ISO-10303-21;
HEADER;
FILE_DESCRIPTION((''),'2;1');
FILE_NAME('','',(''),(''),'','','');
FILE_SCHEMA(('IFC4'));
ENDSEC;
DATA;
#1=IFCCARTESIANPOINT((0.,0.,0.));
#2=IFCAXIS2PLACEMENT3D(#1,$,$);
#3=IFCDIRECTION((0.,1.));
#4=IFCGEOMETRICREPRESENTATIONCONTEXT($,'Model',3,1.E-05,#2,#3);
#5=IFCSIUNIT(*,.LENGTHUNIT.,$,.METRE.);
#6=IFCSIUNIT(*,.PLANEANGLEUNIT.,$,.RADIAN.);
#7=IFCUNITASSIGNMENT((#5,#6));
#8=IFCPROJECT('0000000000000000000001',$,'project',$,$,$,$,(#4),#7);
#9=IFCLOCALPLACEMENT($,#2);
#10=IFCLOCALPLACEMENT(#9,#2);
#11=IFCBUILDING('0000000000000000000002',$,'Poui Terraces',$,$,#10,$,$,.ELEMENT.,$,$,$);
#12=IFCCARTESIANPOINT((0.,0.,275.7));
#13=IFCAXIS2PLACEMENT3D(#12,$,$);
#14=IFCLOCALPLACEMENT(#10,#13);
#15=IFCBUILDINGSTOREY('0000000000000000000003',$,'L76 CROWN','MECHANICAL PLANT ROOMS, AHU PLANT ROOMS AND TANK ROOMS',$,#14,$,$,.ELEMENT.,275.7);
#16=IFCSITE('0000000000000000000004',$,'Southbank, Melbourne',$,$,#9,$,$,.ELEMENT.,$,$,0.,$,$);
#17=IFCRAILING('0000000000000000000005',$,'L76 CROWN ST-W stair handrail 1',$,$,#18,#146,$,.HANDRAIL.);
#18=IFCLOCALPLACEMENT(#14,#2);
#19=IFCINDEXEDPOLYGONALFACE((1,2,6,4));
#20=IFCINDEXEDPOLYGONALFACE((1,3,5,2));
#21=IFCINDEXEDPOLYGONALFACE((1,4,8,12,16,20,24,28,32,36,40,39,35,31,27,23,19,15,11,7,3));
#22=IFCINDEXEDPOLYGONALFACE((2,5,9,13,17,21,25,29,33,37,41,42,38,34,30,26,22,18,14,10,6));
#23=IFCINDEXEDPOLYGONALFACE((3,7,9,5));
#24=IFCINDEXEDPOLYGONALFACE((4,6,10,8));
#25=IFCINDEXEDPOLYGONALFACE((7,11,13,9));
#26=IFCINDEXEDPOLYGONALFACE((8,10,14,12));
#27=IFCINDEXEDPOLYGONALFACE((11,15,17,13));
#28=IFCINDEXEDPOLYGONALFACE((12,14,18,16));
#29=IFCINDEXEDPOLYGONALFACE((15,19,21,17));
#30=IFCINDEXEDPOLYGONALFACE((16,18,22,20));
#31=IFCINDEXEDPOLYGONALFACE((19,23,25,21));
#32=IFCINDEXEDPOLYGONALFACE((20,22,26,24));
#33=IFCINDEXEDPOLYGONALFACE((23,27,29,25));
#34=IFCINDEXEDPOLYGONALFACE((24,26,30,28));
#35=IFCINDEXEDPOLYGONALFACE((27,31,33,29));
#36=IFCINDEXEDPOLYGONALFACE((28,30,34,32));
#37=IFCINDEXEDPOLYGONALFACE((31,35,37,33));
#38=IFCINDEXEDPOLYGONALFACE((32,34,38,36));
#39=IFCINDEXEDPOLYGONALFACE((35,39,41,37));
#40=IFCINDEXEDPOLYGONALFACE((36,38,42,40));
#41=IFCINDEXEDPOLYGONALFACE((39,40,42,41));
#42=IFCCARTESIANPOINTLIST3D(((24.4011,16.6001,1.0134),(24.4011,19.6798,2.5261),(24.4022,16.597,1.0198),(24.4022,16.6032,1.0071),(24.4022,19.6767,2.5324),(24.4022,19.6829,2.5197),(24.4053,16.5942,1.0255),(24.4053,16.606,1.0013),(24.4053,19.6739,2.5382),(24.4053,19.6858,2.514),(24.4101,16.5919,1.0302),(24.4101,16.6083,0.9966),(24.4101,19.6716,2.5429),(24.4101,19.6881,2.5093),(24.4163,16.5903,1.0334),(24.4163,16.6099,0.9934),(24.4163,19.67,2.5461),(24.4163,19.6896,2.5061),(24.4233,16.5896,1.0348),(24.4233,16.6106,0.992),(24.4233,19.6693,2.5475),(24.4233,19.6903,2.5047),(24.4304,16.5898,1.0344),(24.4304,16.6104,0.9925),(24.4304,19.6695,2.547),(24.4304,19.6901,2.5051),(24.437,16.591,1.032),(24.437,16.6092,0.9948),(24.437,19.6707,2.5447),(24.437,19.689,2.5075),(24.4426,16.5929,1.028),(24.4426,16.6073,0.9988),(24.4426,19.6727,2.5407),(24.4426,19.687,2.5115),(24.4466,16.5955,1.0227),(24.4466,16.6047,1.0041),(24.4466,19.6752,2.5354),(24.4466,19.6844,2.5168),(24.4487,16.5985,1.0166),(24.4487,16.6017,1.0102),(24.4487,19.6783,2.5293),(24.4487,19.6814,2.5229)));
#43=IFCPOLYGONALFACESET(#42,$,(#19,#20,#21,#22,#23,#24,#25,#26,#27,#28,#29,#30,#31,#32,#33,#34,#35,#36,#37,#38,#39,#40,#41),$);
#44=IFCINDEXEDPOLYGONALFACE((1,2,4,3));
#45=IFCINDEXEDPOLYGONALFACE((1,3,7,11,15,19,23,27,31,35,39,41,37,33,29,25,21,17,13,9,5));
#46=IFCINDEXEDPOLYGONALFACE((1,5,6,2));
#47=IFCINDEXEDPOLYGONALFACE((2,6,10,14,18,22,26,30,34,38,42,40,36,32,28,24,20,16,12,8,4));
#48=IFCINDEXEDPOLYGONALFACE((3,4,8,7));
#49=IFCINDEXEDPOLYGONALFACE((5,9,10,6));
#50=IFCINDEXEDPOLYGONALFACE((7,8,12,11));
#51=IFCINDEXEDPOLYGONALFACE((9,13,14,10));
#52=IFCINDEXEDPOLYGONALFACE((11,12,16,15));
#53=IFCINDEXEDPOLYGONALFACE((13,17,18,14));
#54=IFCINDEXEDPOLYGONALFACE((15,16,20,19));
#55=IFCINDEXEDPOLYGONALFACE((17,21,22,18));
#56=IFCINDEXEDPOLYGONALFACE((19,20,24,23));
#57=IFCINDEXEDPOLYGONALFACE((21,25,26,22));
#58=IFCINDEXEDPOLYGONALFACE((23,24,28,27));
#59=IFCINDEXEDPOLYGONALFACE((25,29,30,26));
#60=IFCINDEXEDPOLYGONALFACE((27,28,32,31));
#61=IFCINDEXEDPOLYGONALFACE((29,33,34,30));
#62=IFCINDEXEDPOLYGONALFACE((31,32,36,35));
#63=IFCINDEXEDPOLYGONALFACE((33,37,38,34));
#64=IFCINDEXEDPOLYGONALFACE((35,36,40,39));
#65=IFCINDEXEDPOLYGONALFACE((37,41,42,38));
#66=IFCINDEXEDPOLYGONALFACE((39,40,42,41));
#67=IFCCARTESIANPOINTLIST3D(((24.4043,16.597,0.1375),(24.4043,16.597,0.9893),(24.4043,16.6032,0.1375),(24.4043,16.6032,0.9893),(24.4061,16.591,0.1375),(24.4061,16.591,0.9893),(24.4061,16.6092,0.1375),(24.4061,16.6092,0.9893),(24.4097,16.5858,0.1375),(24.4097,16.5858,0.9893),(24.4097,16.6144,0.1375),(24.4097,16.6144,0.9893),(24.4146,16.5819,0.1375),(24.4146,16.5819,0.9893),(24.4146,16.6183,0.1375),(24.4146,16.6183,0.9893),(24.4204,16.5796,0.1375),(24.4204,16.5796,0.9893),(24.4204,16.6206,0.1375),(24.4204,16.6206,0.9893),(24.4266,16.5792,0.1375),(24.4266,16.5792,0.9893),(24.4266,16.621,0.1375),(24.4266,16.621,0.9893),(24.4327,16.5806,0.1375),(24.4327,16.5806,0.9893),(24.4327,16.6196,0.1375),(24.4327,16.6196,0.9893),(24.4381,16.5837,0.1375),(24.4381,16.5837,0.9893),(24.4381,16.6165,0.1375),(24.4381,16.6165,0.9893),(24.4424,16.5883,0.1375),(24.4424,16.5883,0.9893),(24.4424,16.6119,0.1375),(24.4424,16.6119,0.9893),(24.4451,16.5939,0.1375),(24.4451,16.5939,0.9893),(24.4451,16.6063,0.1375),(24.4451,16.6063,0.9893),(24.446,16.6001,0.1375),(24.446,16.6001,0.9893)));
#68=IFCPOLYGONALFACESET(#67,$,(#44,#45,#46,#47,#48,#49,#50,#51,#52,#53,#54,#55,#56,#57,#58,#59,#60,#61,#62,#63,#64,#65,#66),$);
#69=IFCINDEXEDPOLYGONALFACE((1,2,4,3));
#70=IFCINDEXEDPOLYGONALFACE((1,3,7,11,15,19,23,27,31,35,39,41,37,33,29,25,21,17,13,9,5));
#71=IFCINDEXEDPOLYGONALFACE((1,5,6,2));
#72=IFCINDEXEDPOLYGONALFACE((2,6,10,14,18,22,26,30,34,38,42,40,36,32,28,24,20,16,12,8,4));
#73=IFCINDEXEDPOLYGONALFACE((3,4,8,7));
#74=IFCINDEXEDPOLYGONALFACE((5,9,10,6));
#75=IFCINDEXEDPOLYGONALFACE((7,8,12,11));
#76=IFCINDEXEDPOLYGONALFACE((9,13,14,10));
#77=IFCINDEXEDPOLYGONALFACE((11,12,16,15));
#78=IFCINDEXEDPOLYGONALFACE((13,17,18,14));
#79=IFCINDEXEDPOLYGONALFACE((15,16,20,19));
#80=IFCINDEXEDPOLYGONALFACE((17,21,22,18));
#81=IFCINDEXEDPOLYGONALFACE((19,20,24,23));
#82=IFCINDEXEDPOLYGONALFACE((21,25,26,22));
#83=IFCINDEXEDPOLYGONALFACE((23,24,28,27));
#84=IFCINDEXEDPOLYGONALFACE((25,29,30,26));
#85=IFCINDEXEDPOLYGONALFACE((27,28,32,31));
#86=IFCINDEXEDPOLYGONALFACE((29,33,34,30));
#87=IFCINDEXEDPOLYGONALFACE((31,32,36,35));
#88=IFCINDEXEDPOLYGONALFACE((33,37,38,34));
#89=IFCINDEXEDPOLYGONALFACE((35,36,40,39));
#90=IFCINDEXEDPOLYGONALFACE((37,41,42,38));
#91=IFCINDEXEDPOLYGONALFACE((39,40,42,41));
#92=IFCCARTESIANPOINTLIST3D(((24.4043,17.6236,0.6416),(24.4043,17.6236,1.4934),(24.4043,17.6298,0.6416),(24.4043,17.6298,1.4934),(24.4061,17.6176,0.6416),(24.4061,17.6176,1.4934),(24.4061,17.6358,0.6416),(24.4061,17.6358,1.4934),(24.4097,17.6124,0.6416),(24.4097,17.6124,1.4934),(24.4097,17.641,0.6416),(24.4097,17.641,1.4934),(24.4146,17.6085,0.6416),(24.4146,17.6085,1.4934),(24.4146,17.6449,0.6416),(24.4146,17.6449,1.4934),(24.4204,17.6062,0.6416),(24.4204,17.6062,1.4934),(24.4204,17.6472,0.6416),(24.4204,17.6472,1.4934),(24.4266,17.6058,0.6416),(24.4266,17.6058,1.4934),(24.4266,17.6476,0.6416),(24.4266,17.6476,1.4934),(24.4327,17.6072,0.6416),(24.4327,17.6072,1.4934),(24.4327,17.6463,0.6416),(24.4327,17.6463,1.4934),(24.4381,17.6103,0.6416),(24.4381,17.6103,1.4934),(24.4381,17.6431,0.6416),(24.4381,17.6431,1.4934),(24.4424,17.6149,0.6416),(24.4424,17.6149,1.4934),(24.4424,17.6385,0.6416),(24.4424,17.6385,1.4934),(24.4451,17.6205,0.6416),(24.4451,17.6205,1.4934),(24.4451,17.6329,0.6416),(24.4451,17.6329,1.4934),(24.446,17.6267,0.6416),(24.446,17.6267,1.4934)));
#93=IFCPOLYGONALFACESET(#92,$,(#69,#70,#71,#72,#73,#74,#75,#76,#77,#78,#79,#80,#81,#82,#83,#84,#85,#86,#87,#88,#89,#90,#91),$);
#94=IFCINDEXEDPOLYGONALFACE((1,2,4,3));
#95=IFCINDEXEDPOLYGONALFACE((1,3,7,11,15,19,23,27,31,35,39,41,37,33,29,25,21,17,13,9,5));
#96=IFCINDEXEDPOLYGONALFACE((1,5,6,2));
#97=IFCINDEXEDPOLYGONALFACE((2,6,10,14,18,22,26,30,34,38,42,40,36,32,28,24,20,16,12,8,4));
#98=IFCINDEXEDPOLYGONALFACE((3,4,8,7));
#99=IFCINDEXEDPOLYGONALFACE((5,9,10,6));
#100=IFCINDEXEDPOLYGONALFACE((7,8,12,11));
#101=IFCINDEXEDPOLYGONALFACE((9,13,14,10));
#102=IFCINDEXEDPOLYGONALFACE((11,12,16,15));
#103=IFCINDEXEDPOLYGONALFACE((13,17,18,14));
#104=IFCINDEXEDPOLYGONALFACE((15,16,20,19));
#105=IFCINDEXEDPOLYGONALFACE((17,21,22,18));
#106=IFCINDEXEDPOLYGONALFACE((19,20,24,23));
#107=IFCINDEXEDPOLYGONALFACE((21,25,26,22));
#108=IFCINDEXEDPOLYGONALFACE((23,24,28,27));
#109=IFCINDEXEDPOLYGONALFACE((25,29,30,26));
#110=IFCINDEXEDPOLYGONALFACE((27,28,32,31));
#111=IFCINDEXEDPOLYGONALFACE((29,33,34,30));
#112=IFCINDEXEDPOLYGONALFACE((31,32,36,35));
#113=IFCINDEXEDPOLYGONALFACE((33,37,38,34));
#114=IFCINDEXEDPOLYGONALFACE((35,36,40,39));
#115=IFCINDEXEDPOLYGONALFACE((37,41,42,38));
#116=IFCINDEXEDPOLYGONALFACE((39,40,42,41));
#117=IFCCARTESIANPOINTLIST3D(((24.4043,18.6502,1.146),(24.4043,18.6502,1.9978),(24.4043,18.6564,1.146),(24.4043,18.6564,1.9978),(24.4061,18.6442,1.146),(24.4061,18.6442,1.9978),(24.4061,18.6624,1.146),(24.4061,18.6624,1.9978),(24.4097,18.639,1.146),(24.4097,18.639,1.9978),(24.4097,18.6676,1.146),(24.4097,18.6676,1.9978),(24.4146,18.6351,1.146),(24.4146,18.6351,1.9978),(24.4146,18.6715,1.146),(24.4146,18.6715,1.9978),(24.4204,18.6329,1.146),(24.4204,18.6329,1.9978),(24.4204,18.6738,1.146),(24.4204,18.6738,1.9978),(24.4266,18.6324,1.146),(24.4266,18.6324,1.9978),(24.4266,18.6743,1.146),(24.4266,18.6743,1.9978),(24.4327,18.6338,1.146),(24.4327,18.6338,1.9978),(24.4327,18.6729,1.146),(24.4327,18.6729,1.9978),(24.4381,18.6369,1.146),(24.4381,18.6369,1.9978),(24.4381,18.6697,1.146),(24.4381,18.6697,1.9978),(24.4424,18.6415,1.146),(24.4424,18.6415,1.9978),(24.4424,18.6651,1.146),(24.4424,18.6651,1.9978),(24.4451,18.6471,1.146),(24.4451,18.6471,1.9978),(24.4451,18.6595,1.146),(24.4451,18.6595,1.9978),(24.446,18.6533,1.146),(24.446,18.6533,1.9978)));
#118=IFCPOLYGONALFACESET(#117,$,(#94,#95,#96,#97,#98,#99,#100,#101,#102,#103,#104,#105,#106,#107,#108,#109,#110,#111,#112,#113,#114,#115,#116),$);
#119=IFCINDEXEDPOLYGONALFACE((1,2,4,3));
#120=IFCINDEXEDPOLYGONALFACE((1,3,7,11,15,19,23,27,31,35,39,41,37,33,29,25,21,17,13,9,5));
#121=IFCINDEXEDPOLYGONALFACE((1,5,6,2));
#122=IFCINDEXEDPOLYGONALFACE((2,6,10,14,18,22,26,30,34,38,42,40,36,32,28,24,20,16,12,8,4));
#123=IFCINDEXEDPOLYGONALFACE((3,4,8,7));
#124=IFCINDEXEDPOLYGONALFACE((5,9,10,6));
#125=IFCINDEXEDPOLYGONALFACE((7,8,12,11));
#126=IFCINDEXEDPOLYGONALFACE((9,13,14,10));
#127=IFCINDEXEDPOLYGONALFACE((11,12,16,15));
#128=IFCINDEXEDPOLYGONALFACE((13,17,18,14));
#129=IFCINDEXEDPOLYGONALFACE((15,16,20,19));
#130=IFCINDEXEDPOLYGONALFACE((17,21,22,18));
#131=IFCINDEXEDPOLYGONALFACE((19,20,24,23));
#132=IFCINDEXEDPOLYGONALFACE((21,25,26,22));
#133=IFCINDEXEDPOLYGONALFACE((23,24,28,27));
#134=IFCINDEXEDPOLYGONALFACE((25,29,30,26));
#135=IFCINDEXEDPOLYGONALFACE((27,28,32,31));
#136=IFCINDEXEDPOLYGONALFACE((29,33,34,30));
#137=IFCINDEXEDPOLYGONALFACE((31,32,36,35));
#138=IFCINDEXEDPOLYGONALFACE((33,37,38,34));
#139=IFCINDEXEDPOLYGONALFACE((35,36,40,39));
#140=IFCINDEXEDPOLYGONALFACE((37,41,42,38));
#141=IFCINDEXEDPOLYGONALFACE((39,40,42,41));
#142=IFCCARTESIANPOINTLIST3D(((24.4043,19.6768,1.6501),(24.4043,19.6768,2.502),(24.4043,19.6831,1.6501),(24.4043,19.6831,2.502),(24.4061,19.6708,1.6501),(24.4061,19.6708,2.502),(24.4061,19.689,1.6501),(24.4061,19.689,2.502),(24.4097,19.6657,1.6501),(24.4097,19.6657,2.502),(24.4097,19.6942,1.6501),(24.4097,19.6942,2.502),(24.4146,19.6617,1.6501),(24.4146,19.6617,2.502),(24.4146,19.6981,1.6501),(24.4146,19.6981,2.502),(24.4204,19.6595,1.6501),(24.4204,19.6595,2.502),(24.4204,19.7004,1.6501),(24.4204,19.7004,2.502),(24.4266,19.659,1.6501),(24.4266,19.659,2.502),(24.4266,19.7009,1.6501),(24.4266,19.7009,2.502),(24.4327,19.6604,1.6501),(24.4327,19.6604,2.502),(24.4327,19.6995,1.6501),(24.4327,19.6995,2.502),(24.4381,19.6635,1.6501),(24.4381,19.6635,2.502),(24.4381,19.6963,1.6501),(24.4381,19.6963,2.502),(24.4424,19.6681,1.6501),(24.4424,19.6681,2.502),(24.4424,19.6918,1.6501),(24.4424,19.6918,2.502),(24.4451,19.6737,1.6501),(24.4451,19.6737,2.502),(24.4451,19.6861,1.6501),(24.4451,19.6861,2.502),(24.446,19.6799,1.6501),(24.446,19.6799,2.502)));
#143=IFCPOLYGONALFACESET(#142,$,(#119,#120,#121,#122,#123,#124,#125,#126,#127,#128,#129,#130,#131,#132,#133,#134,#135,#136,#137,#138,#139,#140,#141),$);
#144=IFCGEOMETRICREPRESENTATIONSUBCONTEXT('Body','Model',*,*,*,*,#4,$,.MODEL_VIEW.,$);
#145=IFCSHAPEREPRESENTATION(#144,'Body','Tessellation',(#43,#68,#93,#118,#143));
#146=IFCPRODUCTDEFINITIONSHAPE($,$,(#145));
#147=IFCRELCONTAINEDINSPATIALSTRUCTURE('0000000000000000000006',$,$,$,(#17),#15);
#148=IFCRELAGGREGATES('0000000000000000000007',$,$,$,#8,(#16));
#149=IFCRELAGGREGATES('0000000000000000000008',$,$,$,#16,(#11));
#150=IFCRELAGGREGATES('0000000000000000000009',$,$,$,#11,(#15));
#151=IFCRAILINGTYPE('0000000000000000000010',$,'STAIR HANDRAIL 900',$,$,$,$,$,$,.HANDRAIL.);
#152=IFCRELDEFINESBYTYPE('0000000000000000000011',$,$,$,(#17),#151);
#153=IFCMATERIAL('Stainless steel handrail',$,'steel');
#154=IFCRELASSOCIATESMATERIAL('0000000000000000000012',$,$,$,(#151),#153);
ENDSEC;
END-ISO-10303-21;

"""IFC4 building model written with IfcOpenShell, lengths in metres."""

from ifc_helpers import new_model, si_unit, direction, frame, origin, origin_2d, place, context, subcontext, project, spatial, circle, extrude, material, type_object, element, save


model = new_model("IFC4")

# Units and contexts
model_context = context("Model", 3, precision=1e-05, world=origin(), true_north=direction((0.0, 1.0)))
body_context = subcontext(model_context, "Body", "Model", "MODEL_VIEW")
ifc_project = project(units=[si_unit("LENGTHUNIT", "METRE"), si_unit("PLANEANGLEUNIT", "RADIAN")], contexts=[model_context])

# Site, building, storey
site_placement = place(None, origin())
site = spatial("IfcSite", under=ifc_project, at=site_placement, Name="Southbank, Melbourne", CompositionType="ELEMENT", RefElevation=0.0)
building_placement = place(site_placement, origin())
building = spatial("IfcBuilding", under=site, at=building_placement, Name="Poui Terraces", CompositionType="ELEMENT")
storey_placement = place(building_placement, frame((0.0, 0.0, 275.7)))
storey = spatial("IfcBuildingStorey", under=building, at=storey_placement, Name="L76 CROWN", Description="MECHANICAL PLANT ROOMS, AHU PLANT ROOMS AND TANK ROOMS", CompositionType="ELEMENT", Elevation=275.7)

# Railing
ifc_material_1 = material(Name="Stainless steel handrail", Category="steel")
railing_type_1 = type_object("IfcRailingType", Name="STAIR HANDRAIL 900", PredefinedType="HANDRAIL", material=ifc_material_1)
railing_1_placement = place(storey_placement, frame((24.425, 16.6001, 0.1375)))
element("IfcRailing", 1, at=railing_1_placement, inside=storey, type_object=railing_type_1, Name="L76 CROWN ST-W stair handrail 1", PredefinedType="HANDRAIL", context=body_context, shape_type="SweptSolid", body=[
    extrude(circle(Radius=0.0239, at=origin_2d()), frame((0.0, 0.0, 0.876), z_axis=(0.0, 0.897578, 0.440856), x_axis=(-1.0, 0.0, 0.0)), (0.0, 0.0, 1.0), 3.4312),
    extrude(circle(Radius=0.021, at=origin_2d()), origin(), (0.0, 0.0, 1.0), 0.8518),
    extrude(circle(Radius=0.021, at=origin_2d()), frame((0.0, 1.0266, 0.5042)), (0.0, 0.0, 1.0), 0.8518),
    extrude(circle(Radius=0.021, at=origin_2d()), frame((0.0, 2.0532, 1.0085)), (0.0, 0.0, 1.0), 0.8518),
    extrude(circle(Radius=0.021, at=origin_2d()), frame((0.0, 3.0798, 1.5127)), (0.0, 0.0, 1.0), 0.8518),
])

save(model, "model.ifc")
